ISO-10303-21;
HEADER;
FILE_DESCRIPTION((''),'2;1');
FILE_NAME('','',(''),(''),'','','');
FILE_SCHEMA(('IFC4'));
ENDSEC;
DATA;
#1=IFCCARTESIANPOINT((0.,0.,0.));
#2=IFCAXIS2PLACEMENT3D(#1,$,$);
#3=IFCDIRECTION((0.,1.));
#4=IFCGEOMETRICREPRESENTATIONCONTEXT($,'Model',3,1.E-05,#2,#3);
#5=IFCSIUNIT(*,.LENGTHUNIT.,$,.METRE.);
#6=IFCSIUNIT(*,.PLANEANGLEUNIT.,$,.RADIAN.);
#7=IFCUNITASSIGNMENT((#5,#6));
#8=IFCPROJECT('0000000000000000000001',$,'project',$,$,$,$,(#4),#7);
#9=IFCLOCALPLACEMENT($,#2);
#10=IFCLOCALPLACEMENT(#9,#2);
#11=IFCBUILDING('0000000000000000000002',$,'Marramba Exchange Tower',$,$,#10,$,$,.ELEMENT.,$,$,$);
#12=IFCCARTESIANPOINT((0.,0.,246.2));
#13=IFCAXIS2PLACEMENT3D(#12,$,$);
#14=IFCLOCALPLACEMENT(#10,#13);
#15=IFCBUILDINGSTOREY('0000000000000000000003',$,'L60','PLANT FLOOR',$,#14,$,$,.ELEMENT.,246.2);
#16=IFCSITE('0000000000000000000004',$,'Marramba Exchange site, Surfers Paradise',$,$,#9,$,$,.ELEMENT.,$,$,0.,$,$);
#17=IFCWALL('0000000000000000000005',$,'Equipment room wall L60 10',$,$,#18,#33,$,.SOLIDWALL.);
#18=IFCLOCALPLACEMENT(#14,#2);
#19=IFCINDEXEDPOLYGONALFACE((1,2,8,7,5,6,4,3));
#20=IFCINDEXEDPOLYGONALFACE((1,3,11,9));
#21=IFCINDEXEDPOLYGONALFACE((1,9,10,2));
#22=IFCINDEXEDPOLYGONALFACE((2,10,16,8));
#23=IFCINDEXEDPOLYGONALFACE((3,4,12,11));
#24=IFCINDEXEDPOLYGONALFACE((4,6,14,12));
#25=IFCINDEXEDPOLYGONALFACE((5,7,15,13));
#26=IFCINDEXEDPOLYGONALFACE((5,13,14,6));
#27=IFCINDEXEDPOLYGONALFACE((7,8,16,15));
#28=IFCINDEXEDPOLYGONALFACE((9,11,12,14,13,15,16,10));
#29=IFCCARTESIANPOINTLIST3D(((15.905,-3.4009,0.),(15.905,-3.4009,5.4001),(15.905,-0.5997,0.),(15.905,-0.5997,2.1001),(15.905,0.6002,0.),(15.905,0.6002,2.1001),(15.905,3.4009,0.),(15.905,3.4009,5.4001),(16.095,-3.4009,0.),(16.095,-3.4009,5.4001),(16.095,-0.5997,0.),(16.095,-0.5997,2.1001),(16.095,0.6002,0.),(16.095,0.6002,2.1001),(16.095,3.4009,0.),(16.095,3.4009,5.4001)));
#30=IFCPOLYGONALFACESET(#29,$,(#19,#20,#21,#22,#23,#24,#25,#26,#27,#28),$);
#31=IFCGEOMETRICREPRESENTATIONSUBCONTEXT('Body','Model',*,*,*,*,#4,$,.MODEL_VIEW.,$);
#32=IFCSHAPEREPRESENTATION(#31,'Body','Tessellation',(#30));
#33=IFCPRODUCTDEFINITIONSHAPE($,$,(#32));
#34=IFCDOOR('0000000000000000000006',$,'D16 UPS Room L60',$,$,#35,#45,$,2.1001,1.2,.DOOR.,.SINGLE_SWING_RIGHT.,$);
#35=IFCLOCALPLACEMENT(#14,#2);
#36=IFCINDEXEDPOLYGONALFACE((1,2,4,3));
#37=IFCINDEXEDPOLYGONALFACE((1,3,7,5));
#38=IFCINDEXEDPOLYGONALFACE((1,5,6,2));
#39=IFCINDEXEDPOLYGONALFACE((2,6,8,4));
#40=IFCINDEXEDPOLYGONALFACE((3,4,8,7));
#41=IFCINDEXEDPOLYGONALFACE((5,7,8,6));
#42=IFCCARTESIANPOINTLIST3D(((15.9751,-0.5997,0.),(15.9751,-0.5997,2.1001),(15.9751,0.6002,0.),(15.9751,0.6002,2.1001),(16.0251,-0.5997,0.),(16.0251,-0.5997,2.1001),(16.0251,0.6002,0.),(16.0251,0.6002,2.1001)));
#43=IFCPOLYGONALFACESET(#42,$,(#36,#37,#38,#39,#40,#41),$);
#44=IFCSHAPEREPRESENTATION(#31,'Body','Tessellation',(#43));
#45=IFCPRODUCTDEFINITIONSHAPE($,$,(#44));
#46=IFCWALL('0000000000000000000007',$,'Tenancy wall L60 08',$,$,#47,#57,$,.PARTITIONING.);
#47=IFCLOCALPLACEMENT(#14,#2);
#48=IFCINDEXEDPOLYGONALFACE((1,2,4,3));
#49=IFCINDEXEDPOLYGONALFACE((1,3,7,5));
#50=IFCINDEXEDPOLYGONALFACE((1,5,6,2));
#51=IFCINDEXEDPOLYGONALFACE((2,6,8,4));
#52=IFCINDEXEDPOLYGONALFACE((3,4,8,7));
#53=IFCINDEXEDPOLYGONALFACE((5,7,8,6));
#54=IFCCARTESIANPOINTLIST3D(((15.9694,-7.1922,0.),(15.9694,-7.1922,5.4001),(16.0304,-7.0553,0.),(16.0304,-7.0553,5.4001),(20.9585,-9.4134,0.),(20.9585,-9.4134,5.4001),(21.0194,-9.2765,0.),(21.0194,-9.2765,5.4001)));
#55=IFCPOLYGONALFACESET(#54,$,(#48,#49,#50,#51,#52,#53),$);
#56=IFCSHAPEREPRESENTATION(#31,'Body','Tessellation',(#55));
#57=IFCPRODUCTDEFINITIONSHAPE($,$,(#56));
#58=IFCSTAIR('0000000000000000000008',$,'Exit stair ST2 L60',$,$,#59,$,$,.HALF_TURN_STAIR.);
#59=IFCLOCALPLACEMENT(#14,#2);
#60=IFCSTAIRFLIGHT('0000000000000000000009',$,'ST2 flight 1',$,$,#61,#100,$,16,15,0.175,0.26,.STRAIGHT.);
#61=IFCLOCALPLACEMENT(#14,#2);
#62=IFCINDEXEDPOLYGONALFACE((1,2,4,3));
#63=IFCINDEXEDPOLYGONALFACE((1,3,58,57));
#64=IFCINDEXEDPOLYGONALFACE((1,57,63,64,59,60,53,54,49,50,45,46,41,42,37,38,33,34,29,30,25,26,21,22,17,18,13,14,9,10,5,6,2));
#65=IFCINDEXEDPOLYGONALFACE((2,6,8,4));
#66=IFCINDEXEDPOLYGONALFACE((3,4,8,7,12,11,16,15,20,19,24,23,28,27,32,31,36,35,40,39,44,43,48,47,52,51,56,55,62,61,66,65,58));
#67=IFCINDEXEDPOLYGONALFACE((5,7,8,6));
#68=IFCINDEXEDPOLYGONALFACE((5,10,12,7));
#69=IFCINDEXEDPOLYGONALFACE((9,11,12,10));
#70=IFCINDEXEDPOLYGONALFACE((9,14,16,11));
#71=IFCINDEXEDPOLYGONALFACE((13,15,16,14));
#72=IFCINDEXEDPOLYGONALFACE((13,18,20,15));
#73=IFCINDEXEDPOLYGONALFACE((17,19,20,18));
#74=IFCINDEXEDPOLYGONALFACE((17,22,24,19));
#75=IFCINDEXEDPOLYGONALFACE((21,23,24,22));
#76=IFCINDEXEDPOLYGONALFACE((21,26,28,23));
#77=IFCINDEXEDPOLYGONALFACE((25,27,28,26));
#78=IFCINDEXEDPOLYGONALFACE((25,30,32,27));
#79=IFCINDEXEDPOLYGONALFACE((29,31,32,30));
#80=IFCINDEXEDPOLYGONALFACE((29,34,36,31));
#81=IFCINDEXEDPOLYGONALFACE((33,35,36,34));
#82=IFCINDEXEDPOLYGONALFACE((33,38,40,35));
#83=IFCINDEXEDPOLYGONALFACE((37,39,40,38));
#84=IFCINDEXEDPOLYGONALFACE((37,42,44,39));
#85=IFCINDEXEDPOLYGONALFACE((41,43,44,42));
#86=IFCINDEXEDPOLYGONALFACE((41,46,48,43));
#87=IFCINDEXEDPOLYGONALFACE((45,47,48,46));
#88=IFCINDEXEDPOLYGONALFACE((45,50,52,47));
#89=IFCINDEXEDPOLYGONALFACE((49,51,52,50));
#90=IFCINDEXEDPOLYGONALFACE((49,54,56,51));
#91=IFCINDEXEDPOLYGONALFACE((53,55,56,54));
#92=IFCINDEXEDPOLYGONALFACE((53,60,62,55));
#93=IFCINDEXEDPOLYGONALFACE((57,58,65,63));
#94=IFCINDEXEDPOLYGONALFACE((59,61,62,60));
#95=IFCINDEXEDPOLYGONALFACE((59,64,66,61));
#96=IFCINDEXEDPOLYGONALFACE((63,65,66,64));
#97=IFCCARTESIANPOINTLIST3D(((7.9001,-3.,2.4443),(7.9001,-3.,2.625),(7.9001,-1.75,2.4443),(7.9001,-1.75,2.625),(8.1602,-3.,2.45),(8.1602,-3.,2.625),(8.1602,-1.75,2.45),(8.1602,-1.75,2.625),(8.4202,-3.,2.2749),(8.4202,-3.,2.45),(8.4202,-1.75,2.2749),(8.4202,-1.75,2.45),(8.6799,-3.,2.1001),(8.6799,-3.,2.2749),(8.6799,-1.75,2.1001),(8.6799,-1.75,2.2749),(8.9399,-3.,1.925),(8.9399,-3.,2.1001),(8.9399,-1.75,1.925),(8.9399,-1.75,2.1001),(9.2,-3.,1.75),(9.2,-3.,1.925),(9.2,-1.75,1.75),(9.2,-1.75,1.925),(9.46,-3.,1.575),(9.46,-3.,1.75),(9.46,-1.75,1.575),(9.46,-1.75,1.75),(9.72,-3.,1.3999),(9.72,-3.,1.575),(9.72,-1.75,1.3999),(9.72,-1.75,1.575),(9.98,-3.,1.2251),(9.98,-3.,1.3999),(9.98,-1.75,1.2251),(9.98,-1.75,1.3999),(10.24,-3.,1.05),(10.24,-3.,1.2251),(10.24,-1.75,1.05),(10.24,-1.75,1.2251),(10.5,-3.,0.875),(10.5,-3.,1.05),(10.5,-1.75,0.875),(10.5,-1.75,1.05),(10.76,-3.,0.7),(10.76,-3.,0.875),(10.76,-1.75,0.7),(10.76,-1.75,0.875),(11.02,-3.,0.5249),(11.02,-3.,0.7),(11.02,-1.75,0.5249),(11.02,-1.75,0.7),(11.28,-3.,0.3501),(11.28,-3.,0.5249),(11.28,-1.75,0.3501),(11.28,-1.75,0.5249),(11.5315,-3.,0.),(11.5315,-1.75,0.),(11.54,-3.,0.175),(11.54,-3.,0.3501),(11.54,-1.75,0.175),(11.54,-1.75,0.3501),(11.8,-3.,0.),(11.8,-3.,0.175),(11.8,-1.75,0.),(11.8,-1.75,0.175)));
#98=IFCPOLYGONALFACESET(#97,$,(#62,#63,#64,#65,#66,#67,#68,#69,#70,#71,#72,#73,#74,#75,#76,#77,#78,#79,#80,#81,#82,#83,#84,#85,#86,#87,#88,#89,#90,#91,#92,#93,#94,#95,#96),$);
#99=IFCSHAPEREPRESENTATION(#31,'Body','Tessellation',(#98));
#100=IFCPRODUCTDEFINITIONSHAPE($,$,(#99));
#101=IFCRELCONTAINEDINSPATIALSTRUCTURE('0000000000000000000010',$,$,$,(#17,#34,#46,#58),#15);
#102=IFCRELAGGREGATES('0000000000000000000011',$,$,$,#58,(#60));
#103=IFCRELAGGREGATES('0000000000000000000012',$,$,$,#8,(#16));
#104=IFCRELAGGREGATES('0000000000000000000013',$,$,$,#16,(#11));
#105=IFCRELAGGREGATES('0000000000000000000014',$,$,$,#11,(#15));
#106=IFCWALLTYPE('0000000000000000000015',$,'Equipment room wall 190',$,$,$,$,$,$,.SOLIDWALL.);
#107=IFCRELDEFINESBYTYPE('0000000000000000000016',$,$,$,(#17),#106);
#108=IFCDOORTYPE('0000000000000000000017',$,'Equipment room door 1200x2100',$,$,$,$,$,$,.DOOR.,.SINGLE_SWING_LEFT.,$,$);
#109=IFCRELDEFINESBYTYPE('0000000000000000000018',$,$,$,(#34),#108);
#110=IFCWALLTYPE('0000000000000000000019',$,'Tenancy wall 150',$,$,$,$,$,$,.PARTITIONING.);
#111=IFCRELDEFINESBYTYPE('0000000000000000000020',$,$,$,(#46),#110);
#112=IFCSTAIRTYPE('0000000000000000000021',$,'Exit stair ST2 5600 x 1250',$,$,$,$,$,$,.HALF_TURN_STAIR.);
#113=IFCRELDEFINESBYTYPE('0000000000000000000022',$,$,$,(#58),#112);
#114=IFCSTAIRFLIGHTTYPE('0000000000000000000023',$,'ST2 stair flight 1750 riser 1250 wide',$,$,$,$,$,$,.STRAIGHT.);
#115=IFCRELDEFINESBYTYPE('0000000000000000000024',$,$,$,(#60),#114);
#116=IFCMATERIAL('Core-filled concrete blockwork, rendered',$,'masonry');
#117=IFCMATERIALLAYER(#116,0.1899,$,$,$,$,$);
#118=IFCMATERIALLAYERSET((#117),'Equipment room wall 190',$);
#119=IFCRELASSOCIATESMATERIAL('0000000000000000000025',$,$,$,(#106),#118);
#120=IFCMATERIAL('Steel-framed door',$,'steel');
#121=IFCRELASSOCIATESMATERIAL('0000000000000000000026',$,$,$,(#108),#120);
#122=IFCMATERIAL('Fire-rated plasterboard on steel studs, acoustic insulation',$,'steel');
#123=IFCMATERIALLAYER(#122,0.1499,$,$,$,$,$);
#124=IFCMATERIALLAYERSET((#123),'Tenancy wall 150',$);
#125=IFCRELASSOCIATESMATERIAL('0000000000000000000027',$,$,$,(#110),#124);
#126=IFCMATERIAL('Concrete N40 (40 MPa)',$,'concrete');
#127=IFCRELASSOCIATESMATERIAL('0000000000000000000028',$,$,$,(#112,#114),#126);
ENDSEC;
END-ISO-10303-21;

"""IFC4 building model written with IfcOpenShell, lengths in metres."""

from ifc_helpers import new_model, si_unit, direction, frame, frame_2d, origin, place, context, subcontext, project, spatial, polyline, rectangle, outline, extrude, material, layer, layer_set, type_object, element, fill, aggregate, save


model = new_model("IFC4")

# Units and contexts
model_context = context("Model", 3, precision=1e-05, world=origin(), true_north=direction((0.0, 1.0)))
body_context = subcontext(model_context, "Body", "Model", "MODEL_VIEW")
ifc_project = project(units=[si_unit("LENGTHUNIT", "METRE"), si_unit("PLANEANGLEUNIT", "RADIAN")], contexts=[model_context])

# Site, building, storey
site_placement = place(None, origin())
site = spatial("IfcSite", under=ifc_project, at=site_placement, Name="Marramba Exchange site, Surfers Paradise", CompositionType="ELEMENT", RefElevation=0.0)
building_placement = place(site_placement, origin())
building = spatial("IfcBuilding", under=site, at=building_placement, Name="Marramba Exchange Tower", CompositionType="ELEMENT")
storey_placement = place(building_placement, frame((0.0, 0.0, 246.2)))
storey = spatial("IfcBuildingStorey", under=building, at=storey_placement, Name="L60", Description="PLANT FLOOR", CompositionType="ELEMENT", Elevation=246.2)

# Shared definitions
ifc_material_1 = material(Name="Core-filled concrete blockwork, rendered", Category="masonry")
ifc_layer_1 = layer(ifc_material_1, 0.1899)
ifc_layer_set_1 = layer_set([ifc_layer_1], Name="Equipment room wall 190")
wall_type_1 = type_object("IfcWallType", Name="Equipment room wall 190", PredefinedType="SOLIDWALL", material=ifc_layer_set_1)

# Wall, opening, door
wall_1_placement = place(storey_placement, frame((16.0, -3.4009, 0.0), z_axis=(0.0, 0.0, 1.0), x_axis=(0.0, 1.0, 0.0)))
wall_1 = element("IfcWall", 1, at=wall_1_placement, inside=storey, type_object=wall_type_1, Name="Equipment room wall L60 10", PredefinedType="SOLIDWALL", context=body_context, shape_type="SweptSolid", body=[
    extrude(rectangle(XDim=6.8018, YDim=0.1899, at=frame_2d((3.4009, 0.0))), origin(), (0.0, 0.0, 1.0), 5.4001),
])
opening_placement = place(wall_1_placement, frame((2.801, 0.0, 0.0)))
opening = element("IfcOpeningElement", 2, at=opening_placement, cuts=wall_1, PredefinedType="OPENING", context=body_context, shape_type="SweptSolid", body=[
    extrude(rectangle(XDim=1.2, YDim=2.1001, at=frame_2d((0.6001, 1.05))), frame((0.0, 0.105, 0.0), z_axis=(0.0, -1.0, 0.0), x_axis=(1.0, 0.0, 0.0)), (0.0, 0.0, 1.0), 0.21),
])
ifc_material_2 = material(Name="Steel-framed door", Category="steel")
door_type = type_object("IfcDoorType", Name="Equipment room door 1200x2100", OperationType="SINGLE_SWING_LEFT", PredefinedType="DOOR", material=ifc_material_2)
door_placement = place(opening_placement, origin())
door = element("IfcDoor", 3, at=door_placement, inside=storey, type_object=door_type, Name="D16 UPS Room L60", OperationType="SINGLE_SWING_RIGHT", OverallHeight=2.1001, OverallWidth=1.2, PredefinedType="DOOR", context=body_context, shape_type="SweptSolid", body=[
    extrude(rectangle(XDim=1.2, YDim=2.1001, at=frame_2d((0.6001, 1.05))), frame((0.0, 0.0249, 0.0), z_axis=(0.0, -1.0, 0.0), x_axis=(1.0, 0.0, 0.0)), (0.0, 0.0, 1.0), 0.05),
])
fill(opening, door)

# Wall
ifc_material_3 = material(Name="Fire-rated plasterboard on steel studs, acoustic insulation", Category="steel")
ifc_layer_2 = layer(ifc_material_3, 0.1499)
ifc_layer_set_2 = layer_set([ifc_layer_2], Name="Tenancy wall 150")
wall_type_2 = type_object("IfcWallType", Name="Tenancy wall 150", PredefinedType="PARTITIONING", material=ifc_layer_set_2)
wall_2_placement = place(storey_placement, frame((16.0, -7.1238, 0.0), z_axis=(0.0, 0.0, 1.0), x_axis=(0.91355, -0.406727, 0.0)))
element("IfcWall", 4, at=wall_2_placement, inside=storey, type_object=wall_type_2, Name="Tenancy wall L60 08", PredefinedType="PARTITIONING", context=body_context, shape_type="SweptSolid", body=[
    extrude(rectangle(XDim=5.4612, YDim=0.1499, at=frame_2d((2.7305, 0.0))), origin(), (0.0, 0.0, 1.0), 5.4001),
])

# Stair, stair flight
ifc_material_4 = material(Name="Concrete N40 (40 MPa)", Category="concrete")
stair_type = type_object("IfcStairType", Name="Exit stair ST2 5600 x 1250", PredefinedType="HALF_TURN_STAIR", material=ifc_material_4)
stair_placement = place(storey_placement, origin())
stair = element("IfcStair", 5, at=stair_placement, inside=storey, type_object=stair_type, Name="Exit stair ST2 L60", PredefinedType="HALF_TURN_STAIR")
stair_flight_type = type_object("IfcStairFlightType", Name="ST2 stair flight 1750 riser 1250 wide", PredefinedType="STRAIGHT", material=ifc_material_4)
stair_flight_placement = place(storey_placement, frame((11.8, -2.375, 0.0), z_axis=(0.0, 0.0, 1.0), x_axis=(-1.0, 0.0, 0.0)))
stair_flight = element("IfcStairFlight", 6, at=stair_flight_placement, type_object=stair_flight_type, Name="ST2 flight 1", NumberOfRisers=16, NumberOfTreads=15, PredefinedType="STRAIGHT", RiserHeight=0.175, TreadLength=0.26, context=body_context, shape_type="SweptSolid", body=[
    extrude(outline(polyline([(0.0, 0.0), (0.0, 0.175), (0.26, 0.175), (0.26, 0.3501), (0.52, 0.3501), (0.52, 0.5249), (0.78, 0.5249), (0.78, 0.7), (1.04, 0.7), (1.04, 0.875), (1.3, 0.875), (1.3, 1.05), (1.5601, 1.05), (1.5601, 1.2251), (1.8201, 1.2251), (1.8201, 1.3999), (2.0801, 1.3999), (2.0801, 1.575), (2.3401, 1.575), (2.3401, 1.75), (2.6001, 1.75), (2.6001, 1.925), (2.8601, 1.925), (2.8601, 2.1001), (3.1201, 2.1001), (3.1201, 2.2749), (3.3799, 2.2749), (3.3799, 2.45), (3.6399, 2.45), (3.6399, 2.625), (3.8999, 2.625), (3.8999, 2.8), (3.8999, 2.4443), (0.2686, 0.0), (0.0, 0.0)])), frame((0.0, 0.625, 0.0), z_axis=(0.0, -1.0, 0.0), x_axis=(1.0, 0.0, 0.0)), (0.0, 0.0, 1.0), 1.25),
])
aggregate(stair, [stair_flight])

save(model, "model.ifc")
